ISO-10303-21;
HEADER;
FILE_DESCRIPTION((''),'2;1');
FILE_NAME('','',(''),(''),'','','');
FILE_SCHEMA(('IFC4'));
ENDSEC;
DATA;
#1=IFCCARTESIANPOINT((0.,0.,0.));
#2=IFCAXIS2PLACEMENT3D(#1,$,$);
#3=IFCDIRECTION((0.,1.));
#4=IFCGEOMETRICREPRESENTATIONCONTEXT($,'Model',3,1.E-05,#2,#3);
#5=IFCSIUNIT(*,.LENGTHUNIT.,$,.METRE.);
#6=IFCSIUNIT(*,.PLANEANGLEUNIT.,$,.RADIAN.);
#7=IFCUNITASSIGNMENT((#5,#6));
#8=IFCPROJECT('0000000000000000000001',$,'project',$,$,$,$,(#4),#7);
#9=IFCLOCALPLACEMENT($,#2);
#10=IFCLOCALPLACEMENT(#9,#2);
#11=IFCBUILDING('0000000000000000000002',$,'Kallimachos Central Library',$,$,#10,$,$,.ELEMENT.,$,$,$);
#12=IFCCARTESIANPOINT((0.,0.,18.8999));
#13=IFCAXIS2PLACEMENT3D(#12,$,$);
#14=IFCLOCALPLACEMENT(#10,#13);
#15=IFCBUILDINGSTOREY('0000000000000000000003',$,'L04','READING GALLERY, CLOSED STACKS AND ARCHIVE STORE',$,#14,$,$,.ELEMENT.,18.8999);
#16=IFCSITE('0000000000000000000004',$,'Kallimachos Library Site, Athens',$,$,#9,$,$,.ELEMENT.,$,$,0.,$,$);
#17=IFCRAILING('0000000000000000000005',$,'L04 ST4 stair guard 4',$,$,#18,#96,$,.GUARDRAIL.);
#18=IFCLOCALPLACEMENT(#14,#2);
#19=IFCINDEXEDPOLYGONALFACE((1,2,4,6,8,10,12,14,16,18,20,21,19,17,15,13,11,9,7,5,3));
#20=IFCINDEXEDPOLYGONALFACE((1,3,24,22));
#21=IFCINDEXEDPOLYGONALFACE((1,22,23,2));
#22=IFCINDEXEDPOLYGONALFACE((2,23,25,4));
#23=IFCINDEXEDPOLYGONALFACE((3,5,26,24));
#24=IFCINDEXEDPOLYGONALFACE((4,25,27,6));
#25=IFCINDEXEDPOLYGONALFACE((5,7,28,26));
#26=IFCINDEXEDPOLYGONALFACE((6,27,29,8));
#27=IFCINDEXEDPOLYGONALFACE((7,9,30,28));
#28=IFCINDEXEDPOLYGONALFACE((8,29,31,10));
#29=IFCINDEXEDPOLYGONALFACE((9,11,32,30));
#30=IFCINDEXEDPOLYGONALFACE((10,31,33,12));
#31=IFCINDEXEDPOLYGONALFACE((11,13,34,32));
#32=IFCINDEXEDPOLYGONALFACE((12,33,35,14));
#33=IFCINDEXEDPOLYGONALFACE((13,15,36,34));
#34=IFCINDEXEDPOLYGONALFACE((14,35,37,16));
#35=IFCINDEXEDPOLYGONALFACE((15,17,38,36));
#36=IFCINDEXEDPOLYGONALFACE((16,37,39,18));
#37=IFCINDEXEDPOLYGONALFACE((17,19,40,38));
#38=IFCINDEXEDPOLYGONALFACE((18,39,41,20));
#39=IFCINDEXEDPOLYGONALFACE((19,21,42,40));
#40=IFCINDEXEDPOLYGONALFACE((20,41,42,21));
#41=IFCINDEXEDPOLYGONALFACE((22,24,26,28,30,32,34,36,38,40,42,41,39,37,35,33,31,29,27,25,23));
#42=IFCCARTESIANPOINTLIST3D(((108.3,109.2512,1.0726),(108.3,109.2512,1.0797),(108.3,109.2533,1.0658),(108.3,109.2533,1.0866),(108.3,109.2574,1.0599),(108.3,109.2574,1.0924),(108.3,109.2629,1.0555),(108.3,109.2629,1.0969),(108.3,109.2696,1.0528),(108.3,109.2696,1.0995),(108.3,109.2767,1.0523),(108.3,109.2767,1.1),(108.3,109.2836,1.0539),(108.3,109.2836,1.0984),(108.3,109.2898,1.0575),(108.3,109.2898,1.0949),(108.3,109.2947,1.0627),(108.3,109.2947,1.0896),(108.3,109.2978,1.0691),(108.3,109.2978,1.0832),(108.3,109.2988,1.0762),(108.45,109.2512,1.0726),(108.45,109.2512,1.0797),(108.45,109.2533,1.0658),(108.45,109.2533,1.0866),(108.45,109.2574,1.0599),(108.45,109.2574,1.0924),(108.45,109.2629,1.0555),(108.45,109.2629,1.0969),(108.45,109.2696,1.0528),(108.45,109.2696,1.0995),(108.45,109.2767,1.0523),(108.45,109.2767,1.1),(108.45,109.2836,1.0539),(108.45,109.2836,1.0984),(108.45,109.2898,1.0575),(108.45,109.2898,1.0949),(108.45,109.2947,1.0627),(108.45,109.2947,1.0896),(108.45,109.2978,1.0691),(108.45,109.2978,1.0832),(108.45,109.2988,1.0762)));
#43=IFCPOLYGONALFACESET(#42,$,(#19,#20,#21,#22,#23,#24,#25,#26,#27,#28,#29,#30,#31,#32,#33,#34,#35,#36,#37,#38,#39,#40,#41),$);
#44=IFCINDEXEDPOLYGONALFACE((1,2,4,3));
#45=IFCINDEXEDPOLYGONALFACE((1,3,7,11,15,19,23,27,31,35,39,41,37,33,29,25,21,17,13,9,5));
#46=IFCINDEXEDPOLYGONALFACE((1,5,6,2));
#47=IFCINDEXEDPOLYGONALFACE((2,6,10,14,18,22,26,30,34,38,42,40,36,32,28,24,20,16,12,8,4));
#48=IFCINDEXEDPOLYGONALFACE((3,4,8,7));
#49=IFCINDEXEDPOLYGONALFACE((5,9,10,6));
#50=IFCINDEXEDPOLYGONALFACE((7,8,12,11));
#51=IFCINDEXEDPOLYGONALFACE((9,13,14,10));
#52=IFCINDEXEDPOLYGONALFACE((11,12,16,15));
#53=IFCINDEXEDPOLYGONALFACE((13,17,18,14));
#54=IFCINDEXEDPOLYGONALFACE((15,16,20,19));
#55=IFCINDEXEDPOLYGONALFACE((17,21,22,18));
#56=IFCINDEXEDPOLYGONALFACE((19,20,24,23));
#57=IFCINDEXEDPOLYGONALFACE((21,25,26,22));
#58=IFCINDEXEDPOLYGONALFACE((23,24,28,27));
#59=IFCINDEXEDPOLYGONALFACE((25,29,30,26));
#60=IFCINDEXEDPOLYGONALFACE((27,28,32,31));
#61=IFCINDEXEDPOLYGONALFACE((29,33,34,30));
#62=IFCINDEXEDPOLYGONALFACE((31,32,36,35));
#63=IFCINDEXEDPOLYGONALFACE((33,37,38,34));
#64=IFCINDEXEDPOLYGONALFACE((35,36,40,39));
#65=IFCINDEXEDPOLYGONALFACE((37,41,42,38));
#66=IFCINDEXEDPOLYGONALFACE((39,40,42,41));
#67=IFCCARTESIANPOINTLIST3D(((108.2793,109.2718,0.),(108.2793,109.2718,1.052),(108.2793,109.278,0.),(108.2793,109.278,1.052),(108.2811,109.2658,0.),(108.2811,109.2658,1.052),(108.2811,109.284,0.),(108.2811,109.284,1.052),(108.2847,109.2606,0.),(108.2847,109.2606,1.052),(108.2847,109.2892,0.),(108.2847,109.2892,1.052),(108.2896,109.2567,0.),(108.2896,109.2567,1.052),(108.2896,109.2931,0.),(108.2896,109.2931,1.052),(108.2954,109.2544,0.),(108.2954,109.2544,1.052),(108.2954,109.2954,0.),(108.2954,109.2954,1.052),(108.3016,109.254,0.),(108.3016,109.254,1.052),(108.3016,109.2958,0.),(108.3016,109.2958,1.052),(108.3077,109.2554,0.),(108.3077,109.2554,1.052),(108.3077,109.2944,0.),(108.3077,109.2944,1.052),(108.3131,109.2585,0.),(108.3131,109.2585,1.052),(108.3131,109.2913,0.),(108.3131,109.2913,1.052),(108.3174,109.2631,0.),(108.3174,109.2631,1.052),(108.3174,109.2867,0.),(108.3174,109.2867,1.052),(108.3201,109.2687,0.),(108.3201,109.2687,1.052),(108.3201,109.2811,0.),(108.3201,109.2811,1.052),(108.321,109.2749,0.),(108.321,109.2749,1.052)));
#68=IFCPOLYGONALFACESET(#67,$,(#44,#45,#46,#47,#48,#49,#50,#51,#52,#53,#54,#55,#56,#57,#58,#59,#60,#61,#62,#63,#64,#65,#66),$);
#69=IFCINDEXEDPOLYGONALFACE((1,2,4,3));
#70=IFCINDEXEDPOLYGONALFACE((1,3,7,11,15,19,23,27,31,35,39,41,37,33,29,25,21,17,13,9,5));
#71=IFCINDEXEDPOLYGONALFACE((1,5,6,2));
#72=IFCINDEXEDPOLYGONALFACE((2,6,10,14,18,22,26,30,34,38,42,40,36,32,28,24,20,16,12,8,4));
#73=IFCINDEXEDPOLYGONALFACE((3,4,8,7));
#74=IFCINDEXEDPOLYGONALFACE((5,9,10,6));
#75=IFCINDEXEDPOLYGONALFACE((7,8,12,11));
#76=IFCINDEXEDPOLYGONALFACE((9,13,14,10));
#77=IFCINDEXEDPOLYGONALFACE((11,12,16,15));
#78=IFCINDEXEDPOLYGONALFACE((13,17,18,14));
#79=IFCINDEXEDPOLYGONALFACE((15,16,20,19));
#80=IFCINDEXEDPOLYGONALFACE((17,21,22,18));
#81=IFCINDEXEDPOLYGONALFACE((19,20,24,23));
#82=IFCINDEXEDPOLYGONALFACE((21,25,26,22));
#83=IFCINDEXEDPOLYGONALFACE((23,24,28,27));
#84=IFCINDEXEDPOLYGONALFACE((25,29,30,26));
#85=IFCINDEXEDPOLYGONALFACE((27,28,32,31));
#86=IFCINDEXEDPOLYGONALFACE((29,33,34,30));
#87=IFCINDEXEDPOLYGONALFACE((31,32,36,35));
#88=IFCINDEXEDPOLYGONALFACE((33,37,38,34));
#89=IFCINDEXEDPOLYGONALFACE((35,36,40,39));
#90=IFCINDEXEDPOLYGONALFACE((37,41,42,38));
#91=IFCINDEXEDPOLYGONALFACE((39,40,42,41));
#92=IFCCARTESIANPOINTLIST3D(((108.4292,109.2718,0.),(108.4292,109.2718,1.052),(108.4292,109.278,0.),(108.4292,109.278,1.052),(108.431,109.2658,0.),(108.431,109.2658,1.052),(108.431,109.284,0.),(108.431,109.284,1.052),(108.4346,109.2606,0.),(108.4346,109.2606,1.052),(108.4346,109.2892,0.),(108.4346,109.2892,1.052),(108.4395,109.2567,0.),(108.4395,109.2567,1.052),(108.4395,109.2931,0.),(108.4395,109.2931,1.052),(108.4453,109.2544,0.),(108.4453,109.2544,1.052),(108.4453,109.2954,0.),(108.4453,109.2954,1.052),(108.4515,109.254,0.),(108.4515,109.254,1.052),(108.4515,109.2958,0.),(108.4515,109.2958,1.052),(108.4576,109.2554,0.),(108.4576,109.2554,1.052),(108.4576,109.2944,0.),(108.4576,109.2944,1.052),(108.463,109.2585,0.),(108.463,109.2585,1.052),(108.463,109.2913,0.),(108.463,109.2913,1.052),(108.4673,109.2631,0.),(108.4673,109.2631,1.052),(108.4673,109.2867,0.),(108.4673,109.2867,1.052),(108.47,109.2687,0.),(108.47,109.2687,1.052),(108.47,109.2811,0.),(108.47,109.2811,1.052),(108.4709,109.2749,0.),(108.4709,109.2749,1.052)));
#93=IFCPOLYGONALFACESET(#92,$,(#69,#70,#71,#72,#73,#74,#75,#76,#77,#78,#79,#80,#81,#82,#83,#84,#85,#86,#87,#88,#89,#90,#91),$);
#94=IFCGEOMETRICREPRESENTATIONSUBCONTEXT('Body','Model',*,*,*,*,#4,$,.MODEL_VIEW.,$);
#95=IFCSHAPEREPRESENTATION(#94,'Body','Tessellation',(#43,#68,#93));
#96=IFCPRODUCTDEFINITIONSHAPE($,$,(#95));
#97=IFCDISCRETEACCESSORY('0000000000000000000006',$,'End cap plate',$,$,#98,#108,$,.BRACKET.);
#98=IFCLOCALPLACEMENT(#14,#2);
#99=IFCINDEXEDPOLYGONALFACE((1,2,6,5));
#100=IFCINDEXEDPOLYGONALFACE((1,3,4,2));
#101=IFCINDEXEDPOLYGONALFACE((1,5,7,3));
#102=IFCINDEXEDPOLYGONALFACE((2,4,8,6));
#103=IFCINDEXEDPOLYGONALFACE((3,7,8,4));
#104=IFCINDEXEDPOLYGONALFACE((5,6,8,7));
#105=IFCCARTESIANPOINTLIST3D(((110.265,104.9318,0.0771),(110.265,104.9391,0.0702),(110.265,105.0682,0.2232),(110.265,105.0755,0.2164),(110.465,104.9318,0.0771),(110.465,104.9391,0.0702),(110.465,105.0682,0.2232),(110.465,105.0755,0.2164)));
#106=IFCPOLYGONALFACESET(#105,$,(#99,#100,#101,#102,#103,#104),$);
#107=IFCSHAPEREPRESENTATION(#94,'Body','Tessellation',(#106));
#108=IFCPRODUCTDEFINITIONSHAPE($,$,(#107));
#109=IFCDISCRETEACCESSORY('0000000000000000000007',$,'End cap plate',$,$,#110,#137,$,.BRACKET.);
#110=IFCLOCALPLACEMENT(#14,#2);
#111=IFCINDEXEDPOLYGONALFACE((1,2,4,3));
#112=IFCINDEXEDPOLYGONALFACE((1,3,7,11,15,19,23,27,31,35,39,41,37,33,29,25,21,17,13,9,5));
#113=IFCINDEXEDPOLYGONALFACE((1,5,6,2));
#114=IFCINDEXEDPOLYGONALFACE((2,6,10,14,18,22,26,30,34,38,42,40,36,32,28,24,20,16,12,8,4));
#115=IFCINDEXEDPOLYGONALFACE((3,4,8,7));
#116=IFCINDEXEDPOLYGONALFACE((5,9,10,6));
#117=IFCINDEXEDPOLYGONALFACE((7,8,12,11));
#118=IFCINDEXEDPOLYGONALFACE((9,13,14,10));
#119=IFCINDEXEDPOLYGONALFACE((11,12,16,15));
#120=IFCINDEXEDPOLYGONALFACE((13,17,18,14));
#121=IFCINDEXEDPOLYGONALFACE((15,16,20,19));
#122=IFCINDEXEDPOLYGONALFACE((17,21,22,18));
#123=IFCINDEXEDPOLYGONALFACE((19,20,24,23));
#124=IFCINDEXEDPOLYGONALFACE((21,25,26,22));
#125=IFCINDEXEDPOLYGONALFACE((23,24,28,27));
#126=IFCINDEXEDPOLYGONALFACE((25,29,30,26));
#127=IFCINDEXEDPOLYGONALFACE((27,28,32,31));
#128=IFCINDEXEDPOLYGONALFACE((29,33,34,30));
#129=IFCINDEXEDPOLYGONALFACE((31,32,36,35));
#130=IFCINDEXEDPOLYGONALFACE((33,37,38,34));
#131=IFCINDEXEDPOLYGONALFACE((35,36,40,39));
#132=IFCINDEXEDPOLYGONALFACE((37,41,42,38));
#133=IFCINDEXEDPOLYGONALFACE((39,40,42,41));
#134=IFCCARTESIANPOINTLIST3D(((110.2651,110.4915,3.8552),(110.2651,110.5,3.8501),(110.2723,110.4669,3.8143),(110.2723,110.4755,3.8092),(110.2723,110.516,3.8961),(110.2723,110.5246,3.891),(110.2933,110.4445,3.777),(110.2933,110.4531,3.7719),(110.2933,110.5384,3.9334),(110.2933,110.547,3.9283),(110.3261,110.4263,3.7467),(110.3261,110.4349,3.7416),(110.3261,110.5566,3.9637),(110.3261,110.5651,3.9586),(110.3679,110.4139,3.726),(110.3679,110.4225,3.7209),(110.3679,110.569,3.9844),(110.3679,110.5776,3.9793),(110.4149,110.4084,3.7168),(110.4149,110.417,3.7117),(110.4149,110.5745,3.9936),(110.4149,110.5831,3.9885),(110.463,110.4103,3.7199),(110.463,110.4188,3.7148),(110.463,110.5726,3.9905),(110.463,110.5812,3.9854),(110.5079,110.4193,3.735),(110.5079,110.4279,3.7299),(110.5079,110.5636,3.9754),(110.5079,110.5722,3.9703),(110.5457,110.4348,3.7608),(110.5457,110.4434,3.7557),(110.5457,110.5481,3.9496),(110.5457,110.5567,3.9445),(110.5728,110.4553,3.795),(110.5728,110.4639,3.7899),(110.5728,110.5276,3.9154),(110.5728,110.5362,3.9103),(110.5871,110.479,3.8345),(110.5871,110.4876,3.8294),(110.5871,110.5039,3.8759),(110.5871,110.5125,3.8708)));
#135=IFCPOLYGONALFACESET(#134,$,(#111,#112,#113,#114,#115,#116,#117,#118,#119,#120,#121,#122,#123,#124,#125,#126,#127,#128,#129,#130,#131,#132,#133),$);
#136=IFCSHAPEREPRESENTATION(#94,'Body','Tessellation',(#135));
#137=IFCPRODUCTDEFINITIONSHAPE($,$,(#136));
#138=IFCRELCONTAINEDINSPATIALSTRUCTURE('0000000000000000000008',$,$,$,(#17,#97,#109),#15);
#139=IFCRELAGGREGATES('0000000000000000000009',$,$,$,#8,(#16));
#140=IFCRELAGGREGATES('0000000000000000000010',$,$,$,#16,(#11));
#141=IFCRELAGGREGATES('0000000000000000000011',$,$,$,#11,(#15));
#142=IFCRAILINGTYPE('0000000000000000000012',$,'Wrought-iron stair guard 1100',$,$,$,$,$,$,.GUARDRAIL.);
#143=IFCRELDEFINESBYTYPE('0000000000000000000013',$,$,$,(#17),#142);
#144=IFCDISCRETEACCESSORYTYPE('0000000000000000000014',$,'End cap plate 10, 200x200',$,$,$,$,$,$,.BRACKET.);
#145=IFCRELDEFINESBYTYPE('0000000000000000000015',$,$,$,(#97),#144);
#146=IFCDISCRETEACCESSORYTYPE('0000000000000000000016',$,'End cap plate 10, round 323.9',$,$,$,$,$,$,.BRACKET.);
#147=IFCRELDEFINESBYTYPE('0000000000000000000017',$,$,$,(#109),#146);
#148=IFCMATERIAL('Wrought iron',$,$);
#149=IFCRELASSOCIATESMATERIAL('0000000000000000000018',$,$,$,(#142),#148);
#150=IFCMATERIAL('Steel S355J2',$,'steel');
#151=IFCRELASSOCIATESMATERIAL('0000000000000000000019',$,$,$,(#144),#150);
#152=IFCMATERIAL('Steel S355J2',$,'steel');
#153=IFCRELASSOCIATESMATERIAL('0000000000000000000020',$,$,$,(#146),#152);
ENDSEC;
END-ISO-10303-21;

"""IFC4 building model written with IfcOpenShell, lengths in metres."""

from ifc_helpers import new_model, si_unit, direction, frame, origin, origin_2d, place, context, subcontext, project, spatial, rectangle, circle, extrude, material, material_profile, profile_set, type_object, element, save


model = new_model("IFC4")

# Units and contexts
model_context = context("Model", 3, precision=1e-05, world=origin(), true_north=direction((0.0, 1.0)))
body_context = subcontext(model_context, "Body", "Model", "MODEL_VIEW")
ifc_project = project(units=[si_unit("LENGTHUNIT", "METRE"), si_unit("PLANEANGLEUNIT", "RADIAN")], contexts=[model_context])

# Site, building, storey
site_placement = place(None, origin())
site = spatial("IfcSite", under=ifc_project, at=site_placement, Name="Kallimachos Library Site, Athens", CompositionType="ELEMENT", RefElevation=0.0)
building_placement = place(site_placement, origin())
building = spatial("IfcBuilding", under=site, at=building_placement, Name="Kallimachos Central Library", CompositionType="ELEMENT")
storey_placement = place(building_placement, frame((0.0, 0.0, 18.8999)))
storey = spatial("IfcBuildingStorey", under=building, at=storey_placement, Name="L04", Description="READING GALLERY, CLOSED STACKS AND ARCHIVE STORE", CompositionType="ELEMENT", Elevation=18.8999)

# Railing
ifc_material_1 = material(Name="Wrought iron")
railing_type_1 = type_object("IfcRailingType", Name="Wrought-iron stair guard 1100", PredefinedType="GUARDRAIL", material=ifc_material_1)
railing_1_placement = place(storey_placement, frame((108.3, 109.2749, 0.0)))
element("IfcRailing", 1, at=railing_1_placement, inside=storey, type_object=railing_type_1, Name="L04 ST4 stair guard 4", PredefinedType="GUARDRAIL", context=body_context, shape_type="SweptSolid", body=[
    extrude(circle(Radius=0.0239, at=origin_2d()), frame((0.0, 0.0, 1.0762), z_axis=(1.0, 0.0, 0.0), x_axis=(0.0, 1.0, 0.0)), (0.0, 0.0, 1.0), 0.1499),
    extrude(circle(Radius=0.021, at=origin_2d()), origin(), (0.0, 0.0, 1.0), 1.052),
    extrude(circle(Radius=0.021, at=origin_2d()), frame((0.1499, 0.0, 0.0)), (0.0, 0.0, 1.0), 1.052),
])

# Discrete accessories
ifc_material_2 = material(Name="Steel S355J2", Category="steel")
ifc_material_profile_1 = material_profile(ifc_material_2, rectangle(XDim=0.2, YDim=0.2, at=origin_2d()), Name="End cap plate 10, 200x200")
ifc_profile_set_1 = profile_set([ifc_material_profile_1], Name="Steel S355J2")
discrete_accessory_type_1 = type_object("IfcDiscreteAccessoryType", Name="End cap plate 10, 200x200", PredefinedType="BRACKET", material=ifc_profile_set_1)
discrete_accessory_1_placement = place(storey_placement, frame((110.365, 105.0073, 0.1433), z_axis=(0.0, -0.731055, 0.682318), x_axis=(1.0, 0.0, 0.0)))
element("IfcDiscreteAccessory", 2, at=discrete_accessory_1_placement, inside=storey, type_object=discrete_accessory_type_1, Name="End cap plate", PredefinedType="BRACKET", context=body_context, shape_type="SweptSolid", body=[
    extrude(rectangle(XDim=0.2, YDim=0.2, at=origin_2d()), origin(), (0.0, 0.0, 1.0), 0.01),
])
ifc_material_3 = material(Name="Steel S355J2", Category="steel")
ifc_material_profile_2 = material_profile(ifc_material_3, circle(Radius=0.1619, at=origin_2d()), Name="End cap plate 10, round 323.9")
ifc_profile_set_2 = profile_set([ifc_material_profile_2], Name="Steel S355J2")
discrete_accessory_type_2 = type_object("IfcDiscreteAccessoryType", Name="End cap plate 10, round 323.9", PredefinedType="BRACKET", material=ifc_profile_set_2)
discrete_accessory_2_placement = place(storey_placement, frame((110.427, 110.4915, 3.8552), z_axis=(0.0, 0.857493, -0.514496), x_axis=(-1.0, 0.0, 0.0)))
element("IfcDiscreteAccessory", 3, at=discrete_accessory_2_placement, inside=storey, type_object=discrete_accessory_type_2, Name="End cap plate", PredefinedType="BRACKET", context=body_context, shape_type="SweptSolid", body=[
    extrude(circle(Radius=0.1619, at=origin_2d()), origin(), (0.0, 0.0, 1.0), 0.01),
])

save(model, "model.ifc")
